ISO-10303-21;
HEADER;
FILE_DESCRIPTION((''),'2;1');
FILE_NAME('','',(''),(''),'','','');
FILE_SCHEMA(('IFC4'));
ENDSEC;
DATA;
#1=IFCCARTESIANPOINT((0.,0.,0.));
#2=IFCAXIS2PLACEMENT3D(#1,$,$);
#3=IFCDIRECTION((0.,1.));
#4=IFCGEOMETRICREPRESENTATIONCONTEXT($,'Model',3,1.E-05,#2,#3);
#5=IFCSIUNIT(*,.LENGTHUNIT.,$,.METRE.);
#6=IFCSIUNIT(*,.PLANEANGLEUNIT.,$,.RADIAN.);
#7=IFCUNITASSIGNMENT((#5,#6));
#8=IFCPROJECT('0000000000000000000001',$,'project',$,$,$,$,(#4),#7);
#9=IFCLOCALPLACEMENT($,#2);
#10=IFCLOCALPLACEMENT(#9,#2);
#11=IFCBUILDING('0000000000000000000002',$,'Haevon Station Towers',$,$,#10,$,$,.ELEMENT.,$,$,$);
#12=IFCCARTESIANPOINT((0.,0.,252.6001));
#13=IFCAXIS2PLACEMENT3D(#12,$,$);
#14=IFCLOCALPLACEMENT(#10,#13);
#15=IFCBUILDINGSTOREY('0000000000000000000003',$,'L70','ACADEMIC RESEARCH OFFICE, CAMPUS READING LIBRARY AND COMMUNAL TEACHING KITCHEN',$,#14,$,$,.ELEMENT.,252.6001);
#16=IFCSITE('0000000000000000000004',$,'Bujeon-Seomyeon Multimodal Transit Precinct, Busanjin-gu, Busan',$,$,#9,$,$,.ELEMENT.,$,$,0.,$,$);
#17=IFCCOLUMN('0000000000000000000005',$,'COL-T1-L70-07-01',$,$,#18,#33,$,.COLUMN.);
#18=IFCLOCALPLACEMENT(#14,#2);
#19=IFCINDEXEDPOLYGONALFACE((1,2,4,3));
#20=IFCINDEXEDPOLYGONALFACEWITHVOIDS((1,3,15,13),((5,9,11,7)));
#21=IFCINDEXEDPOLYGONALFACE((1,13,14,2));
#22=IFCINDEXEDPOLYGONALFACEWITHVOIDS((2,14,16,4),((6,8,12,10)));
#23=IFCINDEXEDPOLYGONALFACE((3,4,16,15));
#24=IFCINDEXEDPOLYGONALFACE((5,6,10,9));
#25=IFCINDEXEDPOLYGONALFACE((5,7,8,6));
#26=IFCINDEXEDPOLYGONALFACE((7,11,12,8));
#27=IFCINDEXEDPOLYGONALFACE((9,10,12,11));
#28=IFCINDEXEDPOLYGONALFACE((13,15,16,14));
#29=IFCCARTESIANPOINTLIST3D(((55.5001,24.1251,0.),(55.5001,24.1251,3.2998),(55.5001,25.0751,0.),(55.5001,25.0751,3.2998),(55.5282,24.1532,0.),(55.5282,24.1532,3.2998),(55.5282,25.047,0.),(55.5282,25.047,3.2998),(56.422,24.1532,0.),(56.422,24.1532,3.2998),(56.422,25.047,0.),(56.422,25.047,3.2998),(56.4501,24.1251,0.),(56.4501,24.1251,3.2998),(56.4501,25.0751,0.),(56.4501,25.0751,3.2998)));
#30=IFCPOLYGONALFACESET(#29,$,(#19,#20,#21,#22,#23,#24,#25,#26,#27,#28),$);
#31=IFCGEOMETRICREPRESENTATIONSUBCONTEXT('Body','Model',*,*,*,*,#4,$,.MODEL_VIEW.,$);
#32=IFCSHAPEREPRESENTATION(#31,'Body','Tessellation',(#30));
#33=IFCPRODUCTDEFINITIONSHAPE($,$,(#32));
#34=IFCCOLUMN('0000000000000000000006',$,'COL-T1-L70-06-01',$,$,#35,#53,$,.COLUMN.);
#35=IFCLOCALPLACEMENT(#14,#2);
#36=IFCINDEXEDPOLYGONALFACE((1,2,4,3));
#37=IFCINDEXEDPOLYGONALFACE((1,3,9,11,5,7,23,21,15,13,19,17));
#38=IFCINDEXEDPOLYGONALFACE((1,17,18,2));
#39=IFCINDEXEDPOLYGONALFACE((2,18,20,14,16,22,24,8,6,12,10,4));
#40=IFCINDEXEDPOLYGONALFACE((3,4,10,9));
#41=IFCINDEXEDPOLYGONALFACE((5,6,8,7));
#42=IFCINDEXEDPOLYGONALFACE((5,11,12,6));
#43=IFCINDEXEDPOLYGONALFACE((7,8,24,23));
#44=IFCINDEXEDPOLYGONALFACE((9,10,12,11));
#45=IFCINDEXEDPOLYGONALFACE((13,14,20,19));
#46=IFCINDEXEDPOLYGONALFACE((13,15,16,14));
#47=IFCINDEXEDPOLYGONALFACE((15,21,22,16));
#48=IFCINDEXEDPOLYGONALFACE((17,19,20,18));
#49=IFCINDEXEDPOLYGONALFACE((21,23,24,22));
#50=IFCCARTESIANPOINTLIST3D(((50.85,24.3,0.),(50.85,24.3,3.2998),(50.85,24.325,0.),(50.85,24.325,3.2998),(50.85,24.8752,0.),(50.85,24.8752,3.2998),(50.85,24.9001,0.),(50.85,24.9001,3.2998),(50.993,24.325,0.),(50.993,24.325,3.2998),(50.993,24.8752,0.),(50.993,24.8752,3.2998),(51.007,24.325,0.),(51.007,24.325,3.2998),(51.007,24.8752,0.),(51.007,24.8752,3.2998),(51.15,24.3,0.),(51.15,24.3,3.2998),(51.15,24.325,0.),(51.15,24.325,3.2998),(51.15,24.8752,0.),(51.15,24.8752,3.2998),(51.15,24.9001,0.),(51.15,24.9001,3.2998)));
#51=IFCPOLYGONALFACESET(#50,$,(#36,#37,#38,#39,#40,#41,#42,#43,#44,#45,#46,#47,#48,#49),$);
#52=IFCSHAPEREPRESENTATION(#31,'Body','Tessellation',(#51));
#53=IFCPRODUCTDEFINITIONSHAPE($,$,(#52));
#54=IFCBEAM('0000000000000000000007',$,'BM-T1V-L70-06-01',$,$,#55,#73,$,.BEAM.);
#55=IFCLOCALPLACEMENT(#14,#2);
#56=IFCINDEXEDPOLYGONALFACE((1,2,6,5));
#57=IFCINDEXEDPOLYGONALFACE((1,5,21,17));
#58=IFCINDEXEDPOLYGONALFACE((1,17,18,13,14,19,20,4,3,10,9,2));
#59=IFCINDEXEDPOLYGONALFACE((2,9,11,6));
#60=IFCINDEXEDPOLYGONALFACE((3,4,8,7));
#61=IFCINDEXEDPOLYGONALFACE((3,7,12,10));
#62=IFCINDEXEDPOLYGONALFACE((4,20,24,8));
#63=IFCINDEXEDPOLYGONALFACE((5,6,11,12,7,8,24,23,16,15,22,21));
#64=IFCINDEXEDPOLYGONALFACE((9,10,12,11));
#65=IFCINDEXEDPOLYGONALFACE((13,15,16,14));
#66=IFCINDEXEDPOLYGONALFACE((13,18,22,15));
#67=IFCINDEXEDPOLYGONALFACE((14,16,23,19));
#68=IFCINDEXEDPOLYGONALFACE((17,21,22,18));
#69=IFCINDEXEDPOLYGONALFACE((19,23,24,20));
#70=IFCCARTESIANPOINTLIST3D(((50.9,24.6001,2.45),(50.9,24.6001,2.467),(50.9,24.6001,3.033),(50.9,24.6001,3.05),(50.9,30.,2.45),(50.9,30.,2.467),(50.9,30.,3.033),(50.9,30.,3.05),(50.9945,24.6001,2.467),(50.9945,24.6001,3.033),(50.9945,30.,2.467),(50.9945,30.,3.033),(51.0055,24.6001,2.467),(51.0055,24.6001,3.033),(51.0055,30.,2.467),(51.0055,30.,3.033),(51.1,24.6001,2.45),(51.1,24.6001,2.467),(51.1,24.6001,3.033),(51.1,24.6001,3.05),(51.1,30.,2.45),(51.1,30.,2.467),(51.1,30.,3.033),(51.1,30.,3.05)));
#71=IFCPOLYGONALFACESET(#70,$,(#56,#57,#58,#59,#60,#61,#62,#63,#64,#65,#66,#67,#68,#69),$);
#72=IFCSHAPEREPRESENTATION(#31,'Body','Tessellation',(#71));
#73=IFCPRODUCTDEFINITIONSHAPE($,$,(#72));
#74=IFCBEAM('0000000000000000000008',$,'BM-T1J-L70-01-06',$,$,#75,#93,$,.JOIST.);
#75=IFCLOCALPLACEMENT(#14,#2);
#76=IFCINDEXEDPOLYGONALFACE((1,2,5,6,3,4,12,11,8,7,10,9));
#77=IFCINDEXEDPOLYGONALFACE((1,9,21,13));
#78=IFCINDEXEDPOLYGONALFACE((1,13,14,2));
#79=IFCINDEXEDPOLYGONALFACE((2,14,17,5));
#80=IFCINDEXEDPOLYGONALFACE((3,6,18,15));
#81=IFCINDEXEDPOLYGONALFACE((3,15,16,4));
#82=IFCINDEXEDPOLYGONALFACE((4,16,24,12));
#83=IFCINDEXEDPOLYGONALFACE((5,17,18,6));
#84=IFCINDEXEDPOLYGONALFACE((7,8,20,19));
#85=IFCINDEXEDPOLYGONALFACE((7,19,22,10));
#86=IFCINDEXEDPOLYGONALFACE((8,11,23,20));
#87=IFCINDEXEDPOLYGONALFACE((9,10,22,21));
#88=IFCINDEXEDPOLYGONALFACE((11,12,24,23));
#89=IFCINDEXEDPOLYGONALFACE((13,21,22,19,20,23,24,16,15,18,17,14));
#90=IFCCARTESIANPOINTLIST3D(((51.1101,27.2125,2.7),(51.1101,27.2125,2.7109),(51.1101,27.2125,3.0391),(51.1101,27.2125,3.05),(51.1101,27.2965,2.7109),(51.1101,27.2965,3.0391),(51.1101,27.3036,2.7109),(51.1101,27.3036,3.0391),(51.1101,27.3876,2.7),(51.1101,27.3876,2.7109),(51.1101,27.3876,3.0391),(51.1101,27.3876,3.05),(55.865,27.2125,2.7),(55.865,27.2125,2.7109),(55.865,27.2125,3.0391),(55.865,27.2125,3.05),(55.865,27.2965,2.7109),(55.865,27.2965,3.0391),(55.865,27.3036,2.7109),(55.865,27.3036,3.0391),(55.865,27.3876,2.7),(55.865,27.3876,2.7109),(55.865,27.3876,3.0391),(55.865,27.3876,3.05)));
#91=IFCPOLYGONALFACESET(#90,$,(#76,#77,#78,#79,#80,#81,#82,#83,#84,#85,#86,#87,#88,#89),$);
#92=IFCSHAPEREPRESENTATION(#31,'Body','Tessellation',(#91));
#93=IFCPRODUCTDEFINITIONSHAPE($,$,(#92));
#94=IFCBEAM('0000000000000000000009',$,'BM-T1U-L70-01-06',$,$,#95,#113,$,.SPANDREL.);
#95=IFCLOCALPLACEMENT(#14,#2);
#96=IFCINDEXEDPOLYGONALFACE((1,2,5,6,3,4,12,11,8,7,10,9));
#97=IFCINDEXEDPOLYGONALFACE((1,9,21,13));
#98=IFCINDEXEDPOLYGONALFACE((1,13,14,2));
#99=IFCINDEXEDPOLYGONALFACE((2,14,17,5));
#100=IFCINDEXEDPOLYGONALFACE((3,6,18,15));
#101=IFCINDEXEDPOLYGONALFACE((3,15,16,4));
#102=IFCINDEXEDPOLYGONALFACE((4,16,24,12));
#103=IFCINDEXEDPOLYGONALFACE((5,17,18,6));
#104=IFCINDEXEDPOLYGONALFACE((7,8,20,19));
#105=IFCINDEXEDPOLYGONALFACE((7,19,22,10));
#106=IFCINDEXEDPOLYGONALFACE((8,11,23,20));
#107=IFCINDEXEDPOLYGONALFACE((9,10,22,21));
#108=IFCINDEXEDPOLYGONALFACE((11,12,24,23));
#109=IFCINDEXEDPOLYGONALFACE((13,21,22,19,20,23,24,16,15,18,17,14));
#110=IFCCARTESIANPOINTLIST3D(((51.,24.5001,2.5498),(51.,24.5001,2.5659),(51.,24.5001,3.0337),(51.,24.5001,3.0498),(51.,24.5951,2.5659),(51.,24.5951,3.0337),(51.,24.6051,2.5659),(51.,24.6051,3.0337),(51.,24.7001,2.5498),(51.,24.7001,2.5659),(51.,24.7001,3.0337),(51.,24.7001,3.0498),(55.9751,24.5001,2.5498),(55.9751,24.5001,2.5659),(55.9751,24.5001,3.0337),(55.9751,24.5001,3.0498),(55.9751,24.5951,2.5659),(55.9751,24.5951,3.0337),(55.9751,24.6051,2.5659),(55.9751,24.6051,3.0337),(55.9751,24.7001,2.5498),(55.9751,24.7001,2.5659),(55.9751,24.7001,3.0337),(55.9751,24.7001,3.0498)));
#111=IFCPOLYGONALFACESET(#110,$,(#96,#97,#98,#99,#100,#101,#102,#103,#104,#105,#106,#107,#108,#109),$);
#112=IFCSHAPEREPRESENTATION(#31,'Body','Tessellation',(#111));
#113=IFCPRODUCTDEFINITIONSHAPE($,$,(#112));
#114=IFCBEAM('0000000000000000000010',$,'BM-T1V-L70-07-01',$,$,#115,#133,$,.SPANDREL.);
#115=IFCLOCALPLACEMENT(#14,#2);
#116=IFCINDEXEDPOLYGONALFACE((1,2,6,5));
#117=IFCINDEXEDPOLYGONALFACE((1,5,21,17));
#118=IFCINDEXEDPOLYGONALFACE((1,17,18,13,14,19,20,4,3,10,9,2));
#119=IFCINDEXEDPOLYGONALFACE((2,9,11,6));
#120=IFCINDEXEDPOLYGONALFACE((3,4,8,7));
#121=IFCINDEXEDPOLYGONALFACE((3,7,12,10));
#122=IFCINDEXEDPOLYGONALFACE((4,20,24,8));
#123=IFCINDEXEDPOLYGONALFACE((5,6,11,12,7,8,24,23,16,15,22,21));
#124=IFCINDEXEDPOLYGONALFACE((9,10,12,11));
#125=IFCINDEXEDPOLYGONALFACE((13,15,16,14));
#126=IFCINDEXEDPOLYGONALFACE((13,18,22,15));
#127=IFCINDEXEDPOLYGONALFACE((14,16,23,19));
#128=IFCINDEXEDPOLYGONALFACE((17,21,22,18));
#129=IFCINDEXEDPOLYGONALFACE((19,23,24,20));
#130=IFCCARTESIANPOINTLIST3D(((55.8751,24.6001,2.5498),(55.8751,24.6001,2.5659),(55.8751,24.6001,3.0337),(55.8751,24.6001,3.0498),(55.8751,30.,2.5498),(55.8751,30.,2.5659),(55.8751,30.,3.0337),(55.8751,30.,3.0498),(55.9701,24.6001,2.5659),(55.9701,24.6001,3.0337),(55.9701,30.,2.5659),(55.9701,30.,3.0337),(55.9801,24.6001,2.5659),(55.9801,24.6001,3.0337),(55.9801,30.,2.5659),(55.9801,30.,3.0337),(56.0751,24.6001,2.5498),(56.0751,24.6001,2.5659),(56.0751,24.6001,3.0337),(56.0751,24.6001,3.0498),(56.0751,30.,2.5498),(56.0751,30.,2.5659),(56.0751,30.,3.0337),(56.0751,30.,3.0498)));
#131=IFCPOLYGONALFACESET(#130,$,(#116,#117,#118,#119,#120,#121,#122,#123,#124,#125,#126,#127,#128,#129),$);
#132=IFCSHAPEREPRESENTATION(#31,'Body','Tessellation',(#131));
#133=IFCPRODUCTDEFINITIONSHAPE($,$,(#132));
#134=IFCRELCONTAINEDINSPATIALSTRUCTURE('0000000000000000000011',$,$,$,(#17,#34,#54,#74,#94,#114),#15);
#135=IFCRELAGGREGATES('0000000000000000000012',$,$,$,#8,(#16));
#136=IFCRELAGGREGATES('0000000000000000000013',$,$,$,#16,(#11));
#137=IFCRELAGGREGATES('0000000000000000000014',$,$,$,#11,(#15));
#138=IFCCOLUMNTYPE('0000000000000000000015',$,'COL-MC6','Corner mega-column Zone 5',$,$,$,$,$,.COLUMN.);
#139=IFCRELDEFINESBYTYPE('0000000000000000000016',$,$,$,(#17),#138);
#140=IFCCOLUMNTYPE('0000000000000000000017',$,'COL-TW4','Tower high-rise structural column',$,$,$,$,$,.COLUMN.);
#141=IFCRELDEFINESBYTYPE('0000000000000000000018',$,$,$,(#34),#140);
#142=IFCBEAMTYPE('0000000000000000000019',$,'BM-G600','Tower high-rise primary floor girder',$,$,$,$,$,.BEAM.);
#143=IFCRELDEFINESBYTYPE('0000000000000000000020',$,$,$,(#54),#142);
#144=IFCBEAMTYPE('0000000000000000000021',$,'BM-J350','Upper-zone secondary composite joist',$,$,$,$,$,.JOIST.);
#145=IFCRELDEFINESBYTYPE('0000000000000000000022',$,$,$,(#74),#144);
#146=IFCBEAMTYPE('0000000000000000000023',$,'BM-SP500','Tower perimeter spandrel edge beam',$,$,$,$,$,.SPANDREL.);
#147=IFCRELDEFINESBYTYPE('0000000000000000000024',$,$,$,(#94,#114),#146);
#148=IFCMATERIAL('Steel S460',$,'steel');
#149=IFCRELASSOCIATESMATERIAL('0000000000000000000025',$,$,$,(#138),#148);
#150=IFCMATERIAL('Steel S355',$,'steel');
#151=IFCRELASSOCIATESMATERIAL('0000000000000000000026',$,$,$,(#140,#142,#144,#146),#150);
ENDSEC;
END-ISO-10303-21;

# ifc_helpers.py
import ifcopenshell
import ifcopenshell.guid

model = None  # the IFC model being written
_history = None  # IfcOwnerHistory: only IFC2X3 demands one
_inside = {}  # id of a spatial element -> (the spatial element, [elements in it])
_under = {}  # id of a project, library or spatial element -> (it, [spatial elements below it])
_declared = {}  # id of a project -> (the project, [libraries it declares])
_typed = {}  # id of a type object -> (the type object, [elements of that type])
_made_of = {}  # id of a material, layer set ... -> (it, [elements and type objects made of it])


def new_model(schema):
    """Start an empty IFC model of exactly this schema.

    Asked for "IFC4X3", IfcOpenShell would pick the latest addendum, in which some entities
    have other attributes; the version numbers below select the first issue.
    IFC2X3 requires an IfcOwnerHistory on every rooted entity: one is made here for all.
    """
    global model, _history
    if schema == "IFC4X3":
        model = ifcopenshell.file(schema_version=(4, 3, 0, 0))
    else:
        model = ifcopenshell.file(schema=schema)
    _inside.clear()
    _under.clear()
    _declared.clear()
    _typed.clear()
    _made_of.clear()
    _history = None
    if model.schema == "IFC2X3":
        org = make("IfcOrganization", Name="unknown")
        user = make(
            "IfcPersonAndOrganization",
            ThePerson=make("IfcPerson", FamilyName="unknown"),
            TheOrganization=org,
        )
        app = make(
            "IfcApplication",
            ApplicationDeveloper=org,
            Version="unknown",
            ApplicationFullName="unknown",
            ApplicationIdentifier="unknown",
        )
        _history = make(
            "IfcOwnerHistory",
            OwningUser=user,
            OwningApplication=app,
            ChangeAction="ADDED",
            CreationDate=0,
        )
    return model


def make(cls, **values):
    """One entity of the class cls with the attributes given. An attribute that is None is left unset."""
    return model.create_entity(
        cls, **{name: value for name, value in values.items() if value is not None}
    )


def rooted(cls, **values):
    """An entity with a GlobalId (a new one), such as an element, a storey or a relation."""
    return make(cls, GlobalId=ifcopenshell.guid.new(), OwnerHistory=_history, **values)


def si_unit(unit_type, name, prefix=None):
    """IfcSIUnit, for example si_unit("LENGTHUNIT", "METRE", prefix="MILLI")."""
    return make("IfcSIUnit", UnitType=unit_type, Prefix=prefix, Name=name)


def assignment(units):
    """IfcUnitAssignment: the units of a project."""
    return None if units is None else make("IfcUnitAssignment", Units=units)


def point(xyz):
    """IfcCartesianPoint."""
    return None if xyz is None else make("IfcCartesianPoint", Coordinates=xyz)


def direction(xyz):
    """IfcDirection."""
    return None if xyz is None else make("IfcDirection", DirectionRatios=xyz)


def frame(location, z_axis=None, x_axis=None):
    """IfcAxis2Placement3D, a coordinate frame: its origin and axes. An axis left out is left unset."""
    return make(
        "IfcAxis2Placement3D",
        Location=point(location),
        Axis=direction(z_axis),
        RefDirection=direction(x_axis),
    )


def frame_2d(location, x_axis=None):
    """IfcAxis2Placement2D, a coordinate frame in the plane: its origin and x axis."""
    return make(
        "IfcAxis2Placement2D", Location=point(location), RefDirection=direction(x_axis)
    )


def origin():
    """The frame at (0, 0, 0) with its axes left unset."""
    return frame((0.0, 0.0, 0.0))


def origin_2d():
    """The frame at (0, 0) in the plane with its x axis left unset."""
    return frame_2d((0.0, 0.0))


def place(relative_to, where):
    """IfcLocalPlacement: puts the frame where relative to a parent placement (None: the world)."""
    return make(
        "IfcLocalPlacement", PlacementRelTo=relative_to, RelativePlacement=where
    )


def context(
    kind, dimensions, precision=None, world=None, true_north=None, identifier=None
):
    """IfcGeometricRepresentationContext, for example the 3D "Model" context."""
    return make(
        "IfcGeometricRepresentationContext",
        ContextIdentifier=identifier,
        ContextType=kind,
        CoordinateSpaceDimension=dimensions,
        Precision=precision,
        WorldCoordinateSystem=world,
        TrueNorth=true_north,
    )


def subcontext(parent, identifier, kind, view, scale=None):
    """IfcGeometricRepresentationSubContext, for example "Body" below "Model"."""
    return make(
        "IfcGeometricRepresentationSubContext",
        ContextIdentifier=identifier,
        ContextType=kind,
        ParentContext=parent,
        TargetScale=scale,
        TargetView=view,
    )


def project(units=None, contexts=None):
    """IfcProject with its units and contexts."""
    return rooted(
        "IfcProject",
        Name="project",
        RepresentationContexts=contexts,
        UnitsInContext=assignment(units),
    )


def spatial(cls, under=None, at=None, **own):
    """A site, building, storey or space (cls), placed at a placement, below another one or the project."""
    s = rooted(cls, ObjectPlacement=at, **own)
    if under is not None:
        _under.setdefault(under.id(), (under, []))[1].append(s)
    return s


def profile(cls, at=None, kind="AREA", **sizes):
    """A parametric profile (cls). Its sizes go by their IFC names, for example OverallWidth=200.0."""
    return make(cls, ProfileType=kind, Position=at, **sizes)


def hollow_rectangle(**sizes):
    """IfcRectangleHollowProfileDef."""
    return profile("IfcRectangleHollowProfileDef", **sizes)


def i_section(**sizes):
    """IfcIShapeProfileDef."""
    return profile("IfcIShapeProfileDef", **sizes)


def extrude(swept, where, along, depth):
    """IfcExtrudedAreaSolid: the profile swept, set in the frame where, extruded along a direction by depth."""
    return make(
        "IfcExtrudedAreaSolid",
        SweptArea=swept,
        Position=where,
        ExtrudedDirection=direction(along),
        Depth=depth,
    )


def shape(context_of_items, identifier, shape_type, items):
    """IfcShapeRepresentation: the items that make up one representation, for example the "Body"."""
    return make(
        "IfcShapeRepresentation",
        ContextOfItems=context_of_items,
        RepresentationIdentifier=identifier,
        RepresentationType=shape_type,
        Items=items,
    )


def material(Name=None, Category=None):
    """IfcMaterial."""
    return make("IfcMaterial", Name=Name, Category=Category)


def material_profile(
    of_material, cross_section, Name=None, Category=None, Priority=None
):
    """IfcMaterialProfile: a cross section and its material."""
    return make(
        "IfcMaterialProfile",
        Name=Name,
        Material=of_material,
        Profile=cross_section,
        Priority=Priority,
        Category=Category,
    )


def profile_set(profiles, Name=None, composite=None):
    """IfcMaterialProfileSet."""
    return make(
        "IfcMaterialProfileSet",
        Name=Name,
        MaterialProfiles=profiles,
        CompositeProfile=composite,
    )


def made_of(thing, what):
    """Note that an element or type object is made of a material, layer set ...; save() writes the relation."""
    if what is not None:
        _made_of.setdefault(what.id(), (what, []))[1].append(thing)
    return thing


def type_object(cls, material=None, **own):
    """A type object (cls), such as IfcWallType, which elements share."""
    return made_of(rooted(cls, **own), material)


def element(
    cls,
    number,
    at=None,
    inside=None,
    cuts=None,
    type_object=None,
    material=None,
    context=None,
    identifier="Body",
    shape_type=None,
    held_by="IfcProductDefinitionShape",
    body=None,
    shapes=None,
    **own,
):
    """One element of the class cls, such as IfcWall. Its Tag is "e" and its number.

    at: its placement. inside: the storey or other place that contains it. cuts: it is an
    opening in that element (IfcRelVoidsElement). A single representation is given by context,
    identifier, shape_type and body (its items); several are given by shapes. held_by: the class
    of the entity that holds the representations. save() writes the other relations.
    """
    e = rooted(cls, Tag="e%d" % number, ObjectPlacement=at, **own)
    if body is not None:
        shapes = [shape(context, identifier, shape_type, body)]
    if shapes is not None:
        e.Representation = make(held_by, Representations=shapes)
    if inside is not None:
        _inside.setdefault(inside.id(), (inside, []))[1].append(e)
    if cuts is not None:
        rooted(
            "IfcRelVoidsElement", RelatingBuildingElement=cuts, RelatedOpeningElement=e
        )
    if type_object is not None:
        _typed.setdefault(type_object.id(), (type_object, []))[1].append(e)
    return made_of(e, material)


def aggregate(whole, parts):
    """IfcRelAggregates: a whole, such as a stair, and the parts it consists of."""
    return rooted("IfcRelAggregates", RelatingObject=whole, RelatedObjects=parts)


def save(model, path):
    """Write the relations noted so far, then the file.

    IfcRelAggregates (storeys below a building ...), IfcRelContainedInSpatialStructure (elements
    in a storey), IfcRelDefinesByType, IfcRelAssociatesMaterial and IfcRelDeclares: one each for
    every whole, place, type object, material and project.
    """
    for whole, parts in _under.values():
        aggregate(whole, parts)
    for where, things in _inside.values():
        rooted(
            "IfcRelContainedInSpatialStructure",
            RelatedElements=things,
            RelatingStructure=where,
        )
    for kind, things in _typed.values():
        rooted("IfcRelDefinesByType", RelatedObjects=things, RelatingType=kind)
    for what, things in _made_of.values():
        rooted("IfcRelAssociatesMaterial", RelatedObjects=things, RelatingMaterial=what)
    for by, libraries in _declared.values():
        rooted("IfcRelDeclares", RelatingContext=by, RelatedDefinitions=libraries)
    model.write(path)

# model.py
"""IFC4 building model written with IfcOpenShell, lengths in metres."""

from ifc_helpers import new_model, si_unit, direction, frame, origin, origin_2d, place, context, subcontext, project, spatial, hollow_rectangle, i_section, extrude, material, material_profile, profile_set, type_object, element, save


model = new_model("IFC4")

# Units and contexts
model_context = context("Model", 3, precision=1e-05, world=origin(), true_north=direction((0.0, 1.0)))
body_context = subcontext(model_context, "Body", "Model", "MODEL_VIEW")
ifc_project = project(units=[si_unit("LENGTHUNIT", "METRE"), si_unit("PLANEANGLEUNIT", "RADIAN")], contexts=[model_context])

# Site, building, storey
site_placement = place(None, origin())
site = spatial("IfcSite", under=ifc_project, at=site_placement, Name="Bujeon-Seomyeon Multimodal Transit Precinct, Busanjin-gu, Busan", CompositionType="ELEMENT", RefElevation=0.0)
building_placement = place(site_placement, origin())
building = spatial("IfcBuilding", under=site, at=building_placement, Name="Haevon Station Towers", CompositionType="ELEMENT")
storey_placement = place(building_placement, frame((0.0, 0.0, 252.6001)))
storey = spatial("IfcBuildingStorey", under=building, at=storey_placement, Name="L70", Description="ACADEMIC RESEARCH OFFICE, CAMPUS READING LIBRARY AND COMMUNAL TEACHING KITCHEN", CompositionType="ELEMENT", Elevation=252.6001)

# Columns
ifc_material_1 = material(Name="Steel S460", Category="steel")
ifc_material_profile_1 = material_profile(ifc_material_1, hollow_rectangle(XDim=0.95, YDim=0.95, WallThickness=0.0281, at=origin_2d()), Name="BOX-950x950x28")
ifc_profile_set_1 = profile_set([ifc_material_profile_1], Name="Steel S460")
column_type_1 = type_object("IfcColumnType", Name="COL-MC6", Description="Corner mega-column Zone 5", PredefinedType="COLUMN", material=ifc_profile_set_1)
column_1_placement = place(storey_placement, frame((55.9751, 24.6001, 0.0), z_axis=(0.0, 0.0, 1.0), x_axis=(1.0, 0.0, 0.0)))
element("IfcColumn", 1, at=column_1_placement, inside=storey, type_object=column_type_1, Name="COL-T1-L70-07-01", PredefinedType="COLUMN", context=body_context, shape_type="SweptSolid", body=[
    extrude(hollow_rectangle(XDim=0.95, YDim=0.95, WallThickness=0.0281, at=origin_2d()), origin(), (0.0, 0.0, 1.0), 3.2998),
])
ifc_material_2 = material(Name="Steel S355", Category="steel")
ifc_material_profile_2 = material_profile(ifc_material_2, i_section(OverallWidth=0.3, OverallDepth=0.6001, WebThickness=0.0139, FlangeThickness=0.0249, at=origin_2d()), Name="H-600x300x14x25")
ifc_profile_set_2 = profile_set([ifc_material_profile_2], Name="Steel S355")
column_type_2 = type_object("IfcColumnType", Name="COL-TW4", Description="Tower high-rise structural column", PredefinedType="COLUMN", material=ifc_profile_set_2)
column_2_placement = place(storey_placement, frame((51.0, 24.6001, 0.0), z_axis=(0.0, 0.0, 1.0), x_axis=(1.0, 0.0, 0.0)))
element("IfcColumn", 2, at=column_2_placement, inside=storey, type_object=column_type_2, Name="COL-T1-L70-06-01", PredefinedType="COLUMN", context=body_context, shape_type="SweptSolid", body=[
    extrude(i_section(OverallWidth=0.3, OverallDepth=0.6001, WebThickness=0.0139, FlangeThickness=0.0249, at=origin_2d()), origin(), (0.0, 0.0, 1.0), 3.2998),
])

# Beams
ifc_material_profile_3 = material_profile(ifc_material_2, i_section(OverallWidth=0.2, OverallDepth=0.6001, WebThickness=0.011, FlangeThickness=0.0171, at=origin_2d()), Name="H-600x200x11x17")
ifc_profile_set_3 = profile_set([ifc_material_profile_3], Name="Steel S355")
beam_type_1 = type_object("IfcBeamType", Name="BM-G600", Description="Tower high-rise primary floor girder", PredefinedType="BEAM", material=ifc_profile_set_3)
beam_1_placement = place(storey_placement, frame((51.0, 24.6001, 2.75), z_axis=(0.0, 1.0, 0.0), x_axis=(-1.0, 0.0, 0.0)))
element("IfcBeam", 3, at=beam_1_placement, inside=storey, type_object=beam_type_1, Name="BM-T1V-L70-06-01", PredefinedType="BEAM", context=body_context, shape_type="SweptSolid", body=[
    extrude(i_section(OverallWidth=0.2, OverallDepth=0.6001, WebThickness=0.011, FlangeThickness=0.0171, at=origin_2d()), origin(), (0.0, 0.0, 1.0), 5.3999),
])
ifc_material_profile_4 = material_profile(ifc_material_2, i_section(OverallWidth=0.175, OverallDepth=0.3501, WebThickness=0.0071, FlangeThickness=0.011, at=origin_2d()), Name="H-350x175x7x11")
ifc_profile_set_4 = profile_set([ifc_material_profile_4], Name="Steel S355")
beam_type_2 = type_object("IfcBeamType", Name="BM-J350", Description="Upper-zone secondary composite joist", PredefinedType="JOIST", material=ifc_profile_set_4)
beam_2_placement = place(storey_placement, frame((51.1101, 27.3, 2.875), z_axis=(1.0, 0.0, 0.0), x_axis=(0.0, 1.0, 0.0)))
element("IfcBeam", 4, at=beam_2_placement, inside=storey, type_object=beam_type_2, Name="BM-T1J-L70-01-06", PredefinedType="JOIST", context=body_context, shape_type="SweptSolid", body=[
    extrude(i_section(OverallWidth=0.175, OverallDepth=0.3501, WebThickness=0.0071, FlangeThickness=0.011, at=origin_2d()), origin(), (0.0, 0.0, 1.0), 4.7549),
])
ifc_material_profile_5 = material_profile(ifc_material_2, i_section(OverallWidth=0.2, OverallDepth=0.5, WebThickness=0.01, FlangeThickness=0.0161, at=origin_2d()), Name="H-500x200x10x16")
ifc_profile_set_5 = profile_set([ifc_material_profile_5], Name="Steel S355")
beam_type_3 = type_object("IfcBeamType", Name="BM-SP500", Description="Tower perimeter spandrel edge beam", PredefinedType="SPANDREL", material=ifc_profile_set_5)
beam_3_placement = place(storey_placement, frame((51.0, 24.6001, 2.7998), z_axis=(1.0, 0.0, 0.0), x_axis=(0.0, 1.0, 0.0)))
element("IfcBeam", 5, at=beam_3_placement, inside=storey, type_object=beam_type_3, Name="BM-T1U-L70-01-06", PredefinedType="SPANDREL", context=body_context, shape_type="SweptSolid", body=[
    extrude(i_section(OverallWidth=0.2, OverallDepth=0.5, WebThickness=0.01, FlangeThickness=0.0161, at=origin_2d()), origin(), (0.0, 0.0, 1.0), 4.9751),
])
beam_4_placement = place(storey_placement, frame((55.9751, 24.6001, 2.7998), z_axis=(0.0, 1.0, 0.0), x_axis=(-1.0, 0.0, 0.0)))
element("IfcBeam", 6, at=beam_4_placement, inside=storey, type_object=beam_type_3, Name="BM-T1V-L70-07-01", PredefinedType="SPANDREL", context=body_context, shape_type="SweptSolid", body=[
    extrude(i_section(OverallWidth=0.2, OverallDepth=0.5, WebThickness=0.01, FlangeThickness=0.0161, at=origin_2d()), origin(), (0.0, 0.0, 1.0), 5.3999),
])

save(model, "model.ifc")
